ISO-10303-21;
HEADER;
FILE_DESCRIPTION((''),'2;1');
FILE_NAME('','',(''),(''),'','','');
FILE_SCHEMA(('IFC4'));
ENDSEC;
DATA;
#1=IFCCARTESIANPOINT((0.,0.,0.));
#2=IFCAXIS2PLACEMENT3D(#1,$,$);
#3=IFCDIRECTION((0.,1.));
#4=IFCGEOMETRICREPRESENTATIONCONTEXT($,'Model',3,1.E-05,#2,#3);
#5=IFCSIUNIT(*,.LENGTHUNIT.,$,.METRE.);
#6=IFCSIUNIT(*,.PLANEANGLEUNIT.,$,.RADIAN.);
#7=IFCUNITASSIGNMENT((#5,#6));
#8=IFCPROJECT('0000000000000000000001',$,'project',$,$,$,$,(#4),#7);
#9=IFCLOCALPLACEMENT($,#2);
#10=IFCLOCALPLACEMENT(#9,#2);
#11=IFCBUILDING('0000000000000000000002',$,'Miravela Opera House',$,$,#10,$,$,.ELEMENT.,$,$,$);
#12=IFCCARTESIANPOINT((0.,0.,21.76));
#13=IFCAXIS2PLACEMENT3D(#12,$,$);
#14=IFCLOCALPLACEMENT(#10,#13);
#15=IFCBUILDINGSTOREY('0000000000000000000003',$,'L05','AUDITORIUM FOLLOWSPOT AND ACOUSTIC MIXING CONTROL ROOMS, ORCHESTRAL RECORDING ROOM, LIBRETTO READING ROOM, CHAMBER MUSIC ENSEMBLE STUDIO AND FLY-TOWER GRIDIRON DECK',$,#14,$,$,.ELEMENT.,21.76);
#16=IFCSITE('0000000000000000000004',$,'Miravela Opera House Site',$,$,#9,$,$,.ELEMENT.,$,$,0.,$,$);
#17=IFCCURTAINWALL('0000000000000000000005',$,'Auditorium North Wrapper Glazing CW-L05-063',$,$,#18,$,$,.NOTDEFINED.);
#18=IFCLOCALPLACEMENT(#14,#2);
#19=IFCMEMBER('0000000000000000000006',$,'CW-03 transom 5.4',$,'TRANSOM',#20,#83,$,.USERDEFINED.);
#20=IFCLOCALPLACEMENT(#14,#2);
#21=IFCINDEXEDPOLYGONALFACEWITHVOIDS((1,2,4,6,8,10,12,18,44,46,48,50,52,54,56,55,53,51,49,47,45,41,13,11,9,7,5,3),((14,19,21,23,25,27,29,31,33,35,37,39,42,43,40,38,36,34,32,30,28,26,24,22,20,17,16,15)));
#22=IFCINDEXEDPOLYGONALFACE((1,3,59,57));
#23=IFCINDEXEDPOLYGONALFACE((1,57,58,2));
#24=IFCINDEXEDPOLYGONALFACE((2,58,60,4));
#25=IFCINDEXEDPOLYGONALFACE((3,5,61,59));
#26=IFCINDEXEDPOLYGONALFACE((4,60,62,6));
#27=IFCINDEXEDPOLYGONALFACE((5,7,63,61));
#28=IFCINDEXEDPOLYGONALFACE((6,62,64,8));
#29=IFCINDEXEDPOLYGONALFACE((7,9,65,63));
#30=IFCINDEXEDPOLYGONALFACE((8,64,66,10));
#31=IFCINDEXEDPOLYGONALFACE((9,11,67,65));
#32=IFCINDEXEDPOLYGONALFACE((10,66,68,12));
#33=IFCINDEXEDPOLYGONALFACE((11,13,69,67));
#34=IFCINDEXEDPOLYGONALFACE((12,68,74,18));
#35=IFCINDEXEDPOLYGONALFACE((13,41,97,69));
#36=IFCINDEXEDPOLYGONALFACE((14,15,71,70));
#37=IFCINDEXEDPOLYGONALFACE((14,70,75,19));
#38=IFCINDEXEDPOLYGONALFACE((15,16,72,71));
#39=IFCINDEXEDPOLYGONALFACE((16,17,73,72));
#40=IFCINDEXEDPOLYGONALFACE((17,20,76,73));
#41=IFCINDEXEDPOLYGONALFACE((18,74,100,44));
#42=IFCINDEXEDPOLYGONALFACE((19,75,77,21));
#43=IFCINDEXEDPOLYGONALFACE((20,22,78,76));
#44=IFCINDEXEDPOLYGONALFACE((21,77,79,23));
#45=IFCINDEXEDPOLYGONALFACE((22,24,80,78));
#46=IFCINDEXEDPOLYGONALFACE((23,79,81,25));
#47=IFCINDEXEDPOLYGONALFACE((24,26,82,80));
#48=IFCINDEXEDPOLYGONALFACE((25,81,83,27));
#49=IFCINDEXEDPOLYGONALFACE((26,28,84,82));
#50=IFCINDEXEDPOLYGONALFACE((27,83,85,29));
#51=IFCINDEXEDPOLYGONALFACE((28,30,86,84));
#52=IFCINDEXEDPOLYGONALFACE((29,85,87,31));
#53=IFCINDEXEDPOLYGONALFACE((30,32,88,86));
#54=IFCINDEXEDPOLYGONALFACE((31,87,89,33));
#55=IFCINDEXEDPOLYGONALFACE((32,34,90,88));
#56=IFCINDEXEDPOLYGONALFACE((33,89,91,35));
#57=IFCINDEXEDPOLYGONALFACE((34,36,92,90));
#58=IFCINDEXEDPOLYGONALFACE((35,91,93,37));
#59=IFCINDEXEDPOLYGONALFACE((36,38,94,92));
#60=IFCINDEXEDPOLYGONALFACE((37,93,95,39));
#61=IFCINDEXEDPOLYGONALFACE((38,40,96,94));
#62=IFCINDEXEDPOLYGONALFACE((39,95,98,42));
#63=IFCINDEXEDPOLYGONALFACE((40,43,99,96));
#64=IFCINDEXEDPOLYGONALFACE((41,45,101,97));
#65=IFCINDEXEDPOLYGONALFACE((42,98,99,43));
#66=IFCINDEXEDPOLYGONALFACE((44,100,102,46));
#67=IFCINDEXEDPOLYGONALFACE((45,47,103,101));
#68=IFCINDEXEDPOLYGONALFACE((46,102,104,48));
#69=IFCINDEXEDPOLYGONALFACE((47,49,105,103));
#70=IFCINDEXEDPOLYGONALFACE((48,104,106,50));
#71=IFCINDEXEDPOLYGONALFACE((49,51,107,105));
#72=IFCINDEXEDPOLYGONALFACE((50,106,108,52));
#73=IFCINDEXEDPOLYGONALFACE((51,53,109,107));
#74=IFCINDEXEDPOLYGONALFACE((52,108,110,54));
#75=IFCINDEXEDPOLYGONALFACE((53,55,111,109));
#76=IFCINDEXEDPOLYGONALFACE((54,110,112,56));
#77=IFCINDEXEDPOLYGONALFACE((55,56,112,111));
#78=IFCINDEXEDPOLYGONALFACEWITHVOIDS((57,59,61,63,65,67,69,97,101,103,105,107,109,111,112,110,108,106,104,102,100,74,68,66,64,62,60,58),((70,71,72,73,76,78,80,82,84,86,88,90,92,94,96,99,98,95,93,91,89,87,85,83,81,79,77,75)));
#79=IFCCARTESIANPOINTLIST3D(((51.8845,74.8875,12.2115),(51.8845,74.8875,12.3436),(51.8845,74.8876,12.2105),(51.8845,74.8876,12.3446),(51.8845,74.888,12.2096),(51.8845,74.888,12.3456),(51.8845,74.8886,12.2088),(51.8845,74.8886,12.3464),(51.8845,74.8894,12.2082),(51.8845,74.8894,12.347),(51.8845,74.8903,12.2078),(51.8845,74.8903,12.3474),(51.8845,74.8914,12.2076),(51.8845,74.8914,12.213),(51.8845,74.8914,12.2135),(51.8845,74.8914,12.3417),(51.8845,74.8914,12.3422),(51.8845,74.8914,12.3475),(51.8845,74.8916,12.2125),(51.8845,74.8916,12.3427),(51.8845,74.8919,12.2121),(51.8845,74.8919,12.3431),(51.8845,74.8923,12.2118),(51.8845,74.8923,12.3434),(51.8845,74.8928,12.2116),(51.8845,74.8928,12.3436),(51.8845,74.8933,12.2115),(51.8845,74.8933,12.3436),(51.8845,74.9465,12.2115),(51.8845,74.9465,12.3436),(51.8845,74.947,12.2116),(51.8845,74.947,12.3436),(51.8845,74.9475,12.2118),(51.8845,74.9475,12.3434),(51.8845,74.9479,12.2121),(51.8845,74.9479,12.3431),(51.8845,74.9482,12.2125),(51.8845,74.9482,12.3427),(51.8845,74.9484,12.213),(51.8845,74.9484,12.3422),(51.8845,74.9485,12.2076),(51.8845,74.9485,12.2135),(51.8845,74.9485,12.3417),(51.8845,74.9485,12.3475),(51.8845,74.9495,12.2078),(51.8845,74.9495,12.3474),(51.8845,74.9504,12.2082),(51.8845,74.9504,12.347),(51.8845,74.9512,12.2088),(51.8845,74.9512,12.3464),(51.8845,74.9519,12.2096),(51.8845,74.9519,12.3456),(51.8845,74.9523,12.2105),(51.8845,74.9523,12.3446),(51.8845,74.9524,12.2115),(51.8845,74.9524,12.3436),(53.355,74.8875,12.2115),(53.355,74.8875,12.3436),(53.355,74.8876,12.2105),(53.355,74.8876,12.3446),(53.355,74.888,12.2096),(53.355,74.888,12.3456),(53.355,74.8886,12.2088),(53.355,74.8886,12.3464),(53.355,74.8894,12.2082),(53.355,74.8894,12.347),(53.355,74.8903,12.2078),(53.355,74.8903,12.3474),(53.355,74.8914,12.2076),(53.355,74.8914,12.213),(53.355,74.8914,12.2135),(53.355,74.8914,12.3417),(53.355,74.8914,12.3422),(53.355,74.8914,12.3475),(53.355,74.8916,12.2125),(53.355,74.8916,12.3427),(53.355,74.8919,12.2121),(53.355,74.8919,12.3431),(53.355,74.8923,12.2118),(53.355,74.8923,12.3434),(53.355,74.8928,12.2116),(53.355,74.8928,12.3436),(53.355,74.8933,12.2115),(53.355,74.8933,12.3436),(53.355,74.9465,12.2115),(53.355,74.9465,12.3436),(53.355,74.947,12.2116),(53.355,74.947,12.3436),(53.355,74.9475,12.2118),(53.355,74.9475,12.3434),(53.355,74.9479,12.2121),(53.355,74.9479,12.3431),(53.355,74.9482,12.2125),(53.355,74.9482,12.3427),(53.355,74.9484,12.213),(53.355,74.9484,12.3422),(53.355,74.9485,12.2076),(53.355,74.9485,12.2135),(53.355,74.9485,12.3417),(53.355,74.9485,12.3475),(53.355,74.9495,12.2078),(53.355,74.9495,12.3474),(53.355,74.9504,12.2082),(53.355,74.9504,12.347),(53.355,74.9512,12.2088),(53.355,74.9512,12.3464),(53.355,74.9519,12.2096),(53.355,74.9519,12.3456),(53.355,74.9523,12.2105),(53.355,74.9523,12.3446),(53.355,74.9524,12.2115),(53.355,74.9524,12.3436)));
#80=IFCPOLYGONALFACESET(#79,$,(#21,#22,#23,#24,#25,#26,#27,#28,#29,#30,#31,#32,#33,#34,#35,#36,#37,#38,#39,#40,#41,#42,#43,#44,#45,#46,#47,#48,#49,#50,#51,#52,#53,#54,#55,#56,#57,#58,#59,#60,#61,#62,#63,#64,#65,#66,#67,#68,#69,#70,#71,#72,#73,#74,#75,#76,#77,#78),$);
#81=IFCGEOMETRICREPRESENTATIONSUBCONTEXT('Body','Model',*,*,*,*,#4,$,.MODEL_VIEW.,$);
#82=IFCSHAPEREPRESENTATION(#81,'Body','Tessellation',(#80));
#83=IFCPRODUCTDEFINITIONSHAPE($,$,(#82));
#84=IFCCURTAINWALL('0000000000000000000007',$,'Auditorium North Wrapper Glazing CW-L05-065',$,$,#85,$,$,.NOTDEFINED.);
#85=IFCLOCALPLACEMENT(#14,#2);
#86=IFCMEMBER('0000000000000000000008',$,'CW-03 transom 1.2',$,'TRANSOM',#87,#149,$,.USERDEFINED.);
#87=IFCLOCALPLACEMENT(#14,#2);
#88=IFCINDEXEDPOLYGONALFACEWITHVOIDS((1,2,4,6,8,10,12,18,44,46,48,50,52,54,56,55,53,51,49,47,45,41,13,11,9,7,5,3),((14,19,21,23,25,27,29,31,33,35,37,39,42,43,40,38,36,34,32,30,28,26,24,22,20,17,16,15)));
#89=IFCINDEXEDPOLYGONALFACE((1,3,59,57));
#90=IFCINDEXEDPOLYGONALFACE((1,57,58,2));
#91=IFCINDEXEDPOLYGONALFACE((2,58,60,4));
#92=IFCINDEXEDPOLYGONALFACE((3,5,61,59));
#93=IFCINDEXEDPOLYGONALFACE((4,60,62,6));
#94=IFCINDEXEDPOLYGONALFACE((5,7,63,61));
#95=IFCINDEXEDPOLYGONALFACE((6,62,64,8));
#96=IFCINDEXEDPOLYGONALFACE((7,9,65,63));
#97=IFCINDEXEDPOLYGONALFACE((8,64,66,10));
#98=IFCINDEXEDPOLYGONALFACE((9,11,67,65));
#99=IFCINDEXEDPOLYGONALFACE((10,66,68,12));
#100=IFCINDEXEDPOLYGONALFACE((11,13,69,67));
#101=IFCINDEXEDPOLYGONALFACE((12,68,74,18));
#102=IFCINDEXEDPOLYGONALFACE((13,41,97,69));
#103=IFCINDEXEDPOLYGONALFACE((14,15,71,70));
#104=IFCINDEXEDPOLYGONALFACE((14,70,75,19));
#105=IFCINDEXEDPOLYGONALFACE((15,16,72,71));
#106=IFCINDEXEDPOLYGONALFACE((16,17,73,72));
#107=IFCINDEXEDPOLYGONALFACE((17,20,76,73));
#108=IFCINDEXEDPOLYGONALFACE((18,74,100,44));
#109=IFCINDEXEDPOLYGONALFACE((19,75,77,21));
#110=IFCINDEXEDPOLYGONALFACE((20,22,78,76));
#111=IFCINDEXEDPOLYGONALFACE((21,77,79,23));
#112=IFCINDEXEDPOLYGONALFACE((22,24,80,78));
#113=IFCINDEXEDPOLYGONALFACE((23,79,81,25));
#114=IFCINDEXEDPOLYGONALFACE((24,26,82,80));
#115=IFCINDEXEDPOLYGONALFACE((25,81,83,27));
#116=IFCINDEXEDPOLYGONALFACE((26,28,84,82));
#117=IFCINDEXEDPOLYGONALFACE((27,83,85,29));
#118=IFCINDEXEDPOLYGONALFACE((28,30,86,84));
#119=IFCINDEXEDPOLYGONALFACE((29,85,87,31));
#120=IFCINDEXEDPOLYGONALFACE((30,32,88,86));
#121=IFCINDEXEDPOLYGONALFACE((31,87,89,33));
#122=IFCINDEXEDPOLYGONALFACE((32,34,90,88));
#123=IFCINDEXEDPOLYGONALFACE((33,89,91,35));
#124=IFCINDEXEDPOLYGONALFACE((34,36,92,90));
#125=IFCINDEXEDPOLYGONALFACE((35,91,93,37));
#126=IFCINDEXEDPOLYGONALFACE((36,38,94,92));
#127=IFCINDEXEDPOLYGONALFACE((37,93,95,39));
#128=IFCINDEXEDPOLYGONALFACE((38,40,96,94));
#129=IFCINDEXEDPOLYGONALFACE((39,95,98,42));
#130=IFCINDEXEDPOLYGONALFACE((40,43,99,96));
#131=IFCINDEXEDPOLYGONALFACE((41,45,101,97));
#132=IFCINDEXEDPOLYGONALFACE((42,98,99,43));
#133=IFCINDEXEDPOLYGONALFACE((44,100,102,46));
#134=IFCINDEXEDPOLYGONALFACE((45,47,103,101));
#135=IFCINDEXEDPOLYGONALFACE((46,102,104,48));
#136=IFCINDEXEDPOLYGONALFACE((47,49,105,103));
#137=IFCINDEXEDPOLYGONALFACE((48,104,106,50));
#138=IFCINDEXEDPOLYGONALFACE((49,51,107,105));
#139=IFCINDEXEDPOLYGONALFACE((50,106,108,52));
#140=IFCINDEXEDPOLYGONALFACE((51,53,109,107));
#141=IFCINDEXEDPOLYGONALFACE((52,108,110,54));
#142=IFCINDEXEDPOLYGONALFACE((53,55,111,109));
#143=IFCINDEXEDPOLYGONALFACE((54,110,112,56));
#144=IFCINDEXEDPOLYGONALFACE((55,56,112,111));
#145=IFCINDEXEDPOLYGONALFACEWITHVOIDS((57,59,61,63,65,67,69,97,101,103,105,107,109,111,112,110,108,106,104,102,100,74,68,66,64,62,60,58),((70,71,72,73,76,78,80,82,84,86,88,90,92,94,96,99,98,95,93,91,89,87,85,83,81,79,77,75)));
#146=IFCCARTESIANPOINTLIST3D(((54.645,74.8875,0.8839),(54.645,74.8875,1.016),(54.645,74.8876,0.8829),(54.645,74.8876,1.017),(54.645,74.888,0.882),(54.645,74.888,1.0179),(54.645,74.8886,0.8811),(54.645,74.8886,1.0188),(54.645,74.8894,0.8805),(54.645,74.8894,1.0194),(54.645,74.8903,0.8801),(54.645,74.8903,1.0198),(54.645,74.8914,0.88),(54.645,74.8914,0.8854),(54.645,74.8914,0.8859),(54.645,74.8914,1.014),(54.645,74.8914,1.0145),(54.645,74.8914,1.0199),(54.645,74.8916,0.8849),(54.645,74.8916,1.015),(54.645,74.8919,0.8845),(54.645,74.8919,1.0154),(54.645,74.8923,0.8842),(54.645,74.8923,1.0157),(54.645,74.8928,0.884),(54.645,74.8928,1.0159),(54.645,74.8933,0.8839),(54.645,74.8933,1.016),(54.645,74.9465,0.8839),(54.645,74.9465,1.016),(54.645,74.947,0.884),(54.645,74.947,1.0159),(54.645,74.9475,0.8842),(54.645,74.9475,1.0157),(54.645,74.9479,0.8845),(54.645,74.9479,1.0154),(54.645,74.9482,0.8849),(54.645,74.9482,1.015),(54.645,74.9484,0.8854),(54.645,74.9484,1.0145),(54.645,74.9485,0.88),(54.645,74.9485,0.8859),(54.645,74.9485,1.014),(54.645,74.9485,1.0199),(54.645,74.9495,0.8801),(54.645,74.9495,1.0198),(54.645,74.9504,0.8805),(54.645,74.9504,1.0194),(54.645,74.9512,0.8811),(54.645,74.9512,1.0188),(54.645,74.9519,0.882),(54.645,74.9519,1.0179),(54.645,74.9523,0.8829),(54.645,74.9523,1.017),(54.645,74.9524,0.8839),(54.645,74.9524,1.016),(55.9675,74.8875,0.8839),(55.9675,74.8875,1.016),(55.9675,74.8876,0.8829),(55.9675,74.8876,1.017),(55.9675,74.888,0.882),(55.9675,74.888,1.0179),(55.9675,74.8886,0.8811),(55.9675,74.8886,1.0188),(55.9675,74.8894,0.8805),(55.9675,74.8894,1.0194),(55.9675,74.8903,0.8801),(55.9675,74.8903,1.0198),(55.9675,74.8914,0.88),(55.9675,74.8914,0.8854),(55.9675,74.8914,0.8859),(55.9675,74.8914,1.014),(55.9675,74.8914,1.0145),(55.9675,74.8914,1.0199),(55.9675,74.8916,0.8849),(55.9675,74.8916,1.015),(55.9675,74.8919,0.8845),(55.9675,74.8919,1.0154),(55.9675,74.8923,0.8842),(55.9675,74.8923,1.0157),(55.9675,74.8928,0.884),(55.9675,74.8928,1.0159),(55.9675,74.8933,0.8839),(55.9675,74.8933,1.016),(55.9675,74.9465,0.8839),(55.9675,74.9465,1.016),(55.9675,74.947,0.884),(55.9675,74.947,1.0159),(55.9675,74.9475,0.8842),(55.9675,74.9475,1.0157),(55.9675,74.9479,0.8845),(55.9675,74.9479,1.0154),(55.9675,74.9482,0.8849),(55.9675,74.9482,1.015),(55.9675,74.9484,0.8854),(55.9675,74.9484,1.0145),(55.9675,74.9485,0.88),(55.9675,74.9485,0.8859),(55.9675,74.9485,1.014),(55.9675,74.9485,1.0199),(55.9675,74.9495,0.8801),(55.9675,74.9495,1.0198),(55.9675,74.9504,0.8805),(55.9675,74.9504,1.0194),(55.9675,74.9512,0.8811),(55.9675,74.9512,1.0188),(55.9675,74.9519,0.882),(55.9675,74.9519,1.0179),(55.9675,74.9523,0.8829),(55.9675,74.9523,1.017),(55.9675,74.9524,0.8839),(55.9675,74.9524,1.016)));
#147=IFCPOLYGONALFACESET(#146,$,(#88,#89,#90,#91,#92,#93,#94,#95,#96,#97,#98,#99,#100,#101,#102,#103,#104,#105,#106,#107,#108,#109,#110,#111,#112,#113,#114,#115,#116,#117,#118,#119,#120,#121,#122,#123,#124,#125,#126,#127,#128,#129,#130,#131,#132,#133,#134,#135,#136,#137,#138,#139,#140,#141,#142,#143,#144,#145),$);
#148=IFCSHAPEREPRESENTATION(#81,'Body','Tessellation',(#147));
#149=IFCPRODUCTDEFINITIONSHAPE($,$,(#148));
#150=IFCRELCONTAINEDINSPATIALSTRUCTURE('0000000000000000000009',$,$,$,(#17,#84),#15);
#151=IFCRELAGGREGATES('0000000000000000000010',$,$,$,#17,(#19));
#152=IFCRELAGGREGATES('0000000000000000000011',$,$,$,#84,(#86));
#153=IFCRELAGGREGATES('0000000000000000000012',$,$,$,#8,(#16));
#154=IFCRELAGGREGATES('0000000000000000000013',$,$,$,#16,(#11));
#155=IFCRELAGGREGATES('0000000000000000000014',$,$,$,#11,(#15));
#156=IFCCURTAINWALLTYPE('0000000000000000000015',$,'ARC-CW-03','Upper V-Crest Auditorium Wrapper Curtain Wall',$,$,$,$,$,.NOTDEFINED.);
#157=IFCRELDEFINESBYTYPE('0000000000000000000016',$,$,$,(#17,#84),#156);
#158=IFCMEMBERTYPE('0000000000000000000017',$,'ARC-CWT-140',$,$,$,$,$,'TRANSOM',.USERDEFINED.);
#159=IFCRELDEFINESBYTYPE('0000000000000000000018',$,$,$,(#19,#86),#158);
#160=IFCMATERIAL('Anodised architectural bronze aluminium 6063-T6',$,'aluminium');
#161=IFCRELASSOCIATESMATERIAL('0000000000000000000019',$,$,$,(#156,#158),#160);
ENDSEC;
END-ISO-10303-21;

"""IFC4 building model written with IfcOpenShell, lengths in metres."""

from ifc_helpers import new_model, si_unit, direction, frame, origin, origin_2d, place, context, subcontext, project, spatial, hollow_rectangle, extrude, material, material_profile, profile_set, type_object, element, aggregate, save


model = new_model("IFC4")

# Units and contexts
model_context = context("Model", 3, precision=1e-05, world=origin(), true_north=direction((0.0, 1.0)))
body_context = subcontext(model_context, "Body", "Model", "MODEL_VIEW")
ifc_project = project(units=[si_unit("LENGTHUNIT", "METRE"), si_unit("PLANEANGLEUNIT", "RADIAN")], contexts=[model_context])

# Site, building, storey
site_placement = place(None, origin())
site = spatial("IfcSite", under=ifc_project, at=site_placement, Name="Miravela Opera House Site", CompositionType="ELEMENT", RefElevation=0.0)
building_placement = place(site_placement, origin())
building = spatial("IfcBuilding", under=site, at=building_placement, Name="Miravela Opera House", CompositionType="ELEMENT")
storey_placement = place(building_placement, frame((0.0, 0.0, 21.76)))
storey = spatial("IfcBuildingStorey", under=building, at=storey_placement, Name="L05", Description="AUDITORIUM FOLLOWSPOT AND ACOUSTIC MIXING CONTROL ROOMS, ORCHESTRAL RECORDING ROOM, LIBRETTO READING ROOM, CHAMBER MUSIC ENSEMBLE STUDIO AND FLY-TOWER GRIDIRON DECK", CompositionType="ELEMENT", Elevation=21.76)

# Curtain walls, members
ifc_material_1 = material(Name="Anodised architectural bronze aluminium 6063-T6", Category="aluminium")
curtain_wall_type = type_object("IfcCurtainWallType", Name="ARC-CW-03", Description="Upper V-Crest Auditorium Wrapper Curtain Wall", PredefinedType="NOTDEFINED", material=ifc_material_1)
curtain_wall_1_placement = place(storey_placement, origin())
curtain_wall_1 = element("IfcCurtainWall", 1, at=curtain_wall_1_placement, inside=storey, type_object=curtain_wall_type, Name="Auditorium North Wrapper Glazing CW-L05-063", PredefinedType="NOTDEFINED")
ifc_material_profile = material_profile(ifc_material_1, hollow_rectangle(XDim=0.0649, YDim=0.1399, WallThickness=0.0039, InnerFilletRadius=0.002, OuterFilletRadius=0.0039, at=origin_2d()), Name="CWT-65X140")
ifc_profile_set = profile_set([ifc_material_profile])
member_type = type_object("IfcMemberType", Name="ARC-CWT-140", ElementType="TRANSOM", PredefinedType="USERDEFINED", material=ifc_profile_set)
member_1_placement = place(storey_placement, frame((51.8845, 74.9199, 12.2776), z_axis=(1.0, 0.0, 0.0), x_axis=(0.0, 1.0, 0.0)))
member_1 = element("IfcMember", 2, at=member_1_placement, type_object=member_type, Name="CW-03 transom 5.4", ObjectType="TRANSOM", PredefinedType="USERDEFINED", context=body_context, shape_type="SweptSolid", body=[
    extrude(hollow_rectangle(XDim=0.0649, YDim=0.1399, WallThickness=0.0039, InnerFilletRadius=0.002, OuterFilletRadius=0.0039, at=origin_2d()), origin(), (0.0, 0.0, 1.0), 1.4705),
])
curtain_wall_2_placement = place(storey_placement, origin())
curtain_wall_2 = element("IfcCurtainWall", 3, at=curtain_wall_2_placement, inside=storey, type_object=curtain_wall_type, Name="Auditorium North Wrapper Glazing CW-L05-065", PredefinedType="NOTDEFINED")
member_2_placement = place(storey_placement, frame((54.645, 74.9199, 0.95), z_axis=(1.0, 0.0, 0.0), x_axis=(0.0, 1.0, 0.0)))
member_2 = element("IfcMember", 4, at=member_2_placement, type_object=member_type, Name="CW-03 transom 1.2", ObjectType="TRANSOM", PredefinedType="USERDEFINED", context=body_context, shape_type="SweptSolid", body=[
    extrude(hollow_rectangle(XDim=0.0649, YDim=0.1399, WallThickness=0.0039, InnerFilletRadius=0.002, OuterFilletRadius=0.0039, at=origin_2d()), origin(), (0.0, 0.0, 1.0), 1.3225),
])

aggregate(curtain_wall_1, [member_1])
aggregate(curtain_wall_2, [member_2])

save(model, "model.ifc")
